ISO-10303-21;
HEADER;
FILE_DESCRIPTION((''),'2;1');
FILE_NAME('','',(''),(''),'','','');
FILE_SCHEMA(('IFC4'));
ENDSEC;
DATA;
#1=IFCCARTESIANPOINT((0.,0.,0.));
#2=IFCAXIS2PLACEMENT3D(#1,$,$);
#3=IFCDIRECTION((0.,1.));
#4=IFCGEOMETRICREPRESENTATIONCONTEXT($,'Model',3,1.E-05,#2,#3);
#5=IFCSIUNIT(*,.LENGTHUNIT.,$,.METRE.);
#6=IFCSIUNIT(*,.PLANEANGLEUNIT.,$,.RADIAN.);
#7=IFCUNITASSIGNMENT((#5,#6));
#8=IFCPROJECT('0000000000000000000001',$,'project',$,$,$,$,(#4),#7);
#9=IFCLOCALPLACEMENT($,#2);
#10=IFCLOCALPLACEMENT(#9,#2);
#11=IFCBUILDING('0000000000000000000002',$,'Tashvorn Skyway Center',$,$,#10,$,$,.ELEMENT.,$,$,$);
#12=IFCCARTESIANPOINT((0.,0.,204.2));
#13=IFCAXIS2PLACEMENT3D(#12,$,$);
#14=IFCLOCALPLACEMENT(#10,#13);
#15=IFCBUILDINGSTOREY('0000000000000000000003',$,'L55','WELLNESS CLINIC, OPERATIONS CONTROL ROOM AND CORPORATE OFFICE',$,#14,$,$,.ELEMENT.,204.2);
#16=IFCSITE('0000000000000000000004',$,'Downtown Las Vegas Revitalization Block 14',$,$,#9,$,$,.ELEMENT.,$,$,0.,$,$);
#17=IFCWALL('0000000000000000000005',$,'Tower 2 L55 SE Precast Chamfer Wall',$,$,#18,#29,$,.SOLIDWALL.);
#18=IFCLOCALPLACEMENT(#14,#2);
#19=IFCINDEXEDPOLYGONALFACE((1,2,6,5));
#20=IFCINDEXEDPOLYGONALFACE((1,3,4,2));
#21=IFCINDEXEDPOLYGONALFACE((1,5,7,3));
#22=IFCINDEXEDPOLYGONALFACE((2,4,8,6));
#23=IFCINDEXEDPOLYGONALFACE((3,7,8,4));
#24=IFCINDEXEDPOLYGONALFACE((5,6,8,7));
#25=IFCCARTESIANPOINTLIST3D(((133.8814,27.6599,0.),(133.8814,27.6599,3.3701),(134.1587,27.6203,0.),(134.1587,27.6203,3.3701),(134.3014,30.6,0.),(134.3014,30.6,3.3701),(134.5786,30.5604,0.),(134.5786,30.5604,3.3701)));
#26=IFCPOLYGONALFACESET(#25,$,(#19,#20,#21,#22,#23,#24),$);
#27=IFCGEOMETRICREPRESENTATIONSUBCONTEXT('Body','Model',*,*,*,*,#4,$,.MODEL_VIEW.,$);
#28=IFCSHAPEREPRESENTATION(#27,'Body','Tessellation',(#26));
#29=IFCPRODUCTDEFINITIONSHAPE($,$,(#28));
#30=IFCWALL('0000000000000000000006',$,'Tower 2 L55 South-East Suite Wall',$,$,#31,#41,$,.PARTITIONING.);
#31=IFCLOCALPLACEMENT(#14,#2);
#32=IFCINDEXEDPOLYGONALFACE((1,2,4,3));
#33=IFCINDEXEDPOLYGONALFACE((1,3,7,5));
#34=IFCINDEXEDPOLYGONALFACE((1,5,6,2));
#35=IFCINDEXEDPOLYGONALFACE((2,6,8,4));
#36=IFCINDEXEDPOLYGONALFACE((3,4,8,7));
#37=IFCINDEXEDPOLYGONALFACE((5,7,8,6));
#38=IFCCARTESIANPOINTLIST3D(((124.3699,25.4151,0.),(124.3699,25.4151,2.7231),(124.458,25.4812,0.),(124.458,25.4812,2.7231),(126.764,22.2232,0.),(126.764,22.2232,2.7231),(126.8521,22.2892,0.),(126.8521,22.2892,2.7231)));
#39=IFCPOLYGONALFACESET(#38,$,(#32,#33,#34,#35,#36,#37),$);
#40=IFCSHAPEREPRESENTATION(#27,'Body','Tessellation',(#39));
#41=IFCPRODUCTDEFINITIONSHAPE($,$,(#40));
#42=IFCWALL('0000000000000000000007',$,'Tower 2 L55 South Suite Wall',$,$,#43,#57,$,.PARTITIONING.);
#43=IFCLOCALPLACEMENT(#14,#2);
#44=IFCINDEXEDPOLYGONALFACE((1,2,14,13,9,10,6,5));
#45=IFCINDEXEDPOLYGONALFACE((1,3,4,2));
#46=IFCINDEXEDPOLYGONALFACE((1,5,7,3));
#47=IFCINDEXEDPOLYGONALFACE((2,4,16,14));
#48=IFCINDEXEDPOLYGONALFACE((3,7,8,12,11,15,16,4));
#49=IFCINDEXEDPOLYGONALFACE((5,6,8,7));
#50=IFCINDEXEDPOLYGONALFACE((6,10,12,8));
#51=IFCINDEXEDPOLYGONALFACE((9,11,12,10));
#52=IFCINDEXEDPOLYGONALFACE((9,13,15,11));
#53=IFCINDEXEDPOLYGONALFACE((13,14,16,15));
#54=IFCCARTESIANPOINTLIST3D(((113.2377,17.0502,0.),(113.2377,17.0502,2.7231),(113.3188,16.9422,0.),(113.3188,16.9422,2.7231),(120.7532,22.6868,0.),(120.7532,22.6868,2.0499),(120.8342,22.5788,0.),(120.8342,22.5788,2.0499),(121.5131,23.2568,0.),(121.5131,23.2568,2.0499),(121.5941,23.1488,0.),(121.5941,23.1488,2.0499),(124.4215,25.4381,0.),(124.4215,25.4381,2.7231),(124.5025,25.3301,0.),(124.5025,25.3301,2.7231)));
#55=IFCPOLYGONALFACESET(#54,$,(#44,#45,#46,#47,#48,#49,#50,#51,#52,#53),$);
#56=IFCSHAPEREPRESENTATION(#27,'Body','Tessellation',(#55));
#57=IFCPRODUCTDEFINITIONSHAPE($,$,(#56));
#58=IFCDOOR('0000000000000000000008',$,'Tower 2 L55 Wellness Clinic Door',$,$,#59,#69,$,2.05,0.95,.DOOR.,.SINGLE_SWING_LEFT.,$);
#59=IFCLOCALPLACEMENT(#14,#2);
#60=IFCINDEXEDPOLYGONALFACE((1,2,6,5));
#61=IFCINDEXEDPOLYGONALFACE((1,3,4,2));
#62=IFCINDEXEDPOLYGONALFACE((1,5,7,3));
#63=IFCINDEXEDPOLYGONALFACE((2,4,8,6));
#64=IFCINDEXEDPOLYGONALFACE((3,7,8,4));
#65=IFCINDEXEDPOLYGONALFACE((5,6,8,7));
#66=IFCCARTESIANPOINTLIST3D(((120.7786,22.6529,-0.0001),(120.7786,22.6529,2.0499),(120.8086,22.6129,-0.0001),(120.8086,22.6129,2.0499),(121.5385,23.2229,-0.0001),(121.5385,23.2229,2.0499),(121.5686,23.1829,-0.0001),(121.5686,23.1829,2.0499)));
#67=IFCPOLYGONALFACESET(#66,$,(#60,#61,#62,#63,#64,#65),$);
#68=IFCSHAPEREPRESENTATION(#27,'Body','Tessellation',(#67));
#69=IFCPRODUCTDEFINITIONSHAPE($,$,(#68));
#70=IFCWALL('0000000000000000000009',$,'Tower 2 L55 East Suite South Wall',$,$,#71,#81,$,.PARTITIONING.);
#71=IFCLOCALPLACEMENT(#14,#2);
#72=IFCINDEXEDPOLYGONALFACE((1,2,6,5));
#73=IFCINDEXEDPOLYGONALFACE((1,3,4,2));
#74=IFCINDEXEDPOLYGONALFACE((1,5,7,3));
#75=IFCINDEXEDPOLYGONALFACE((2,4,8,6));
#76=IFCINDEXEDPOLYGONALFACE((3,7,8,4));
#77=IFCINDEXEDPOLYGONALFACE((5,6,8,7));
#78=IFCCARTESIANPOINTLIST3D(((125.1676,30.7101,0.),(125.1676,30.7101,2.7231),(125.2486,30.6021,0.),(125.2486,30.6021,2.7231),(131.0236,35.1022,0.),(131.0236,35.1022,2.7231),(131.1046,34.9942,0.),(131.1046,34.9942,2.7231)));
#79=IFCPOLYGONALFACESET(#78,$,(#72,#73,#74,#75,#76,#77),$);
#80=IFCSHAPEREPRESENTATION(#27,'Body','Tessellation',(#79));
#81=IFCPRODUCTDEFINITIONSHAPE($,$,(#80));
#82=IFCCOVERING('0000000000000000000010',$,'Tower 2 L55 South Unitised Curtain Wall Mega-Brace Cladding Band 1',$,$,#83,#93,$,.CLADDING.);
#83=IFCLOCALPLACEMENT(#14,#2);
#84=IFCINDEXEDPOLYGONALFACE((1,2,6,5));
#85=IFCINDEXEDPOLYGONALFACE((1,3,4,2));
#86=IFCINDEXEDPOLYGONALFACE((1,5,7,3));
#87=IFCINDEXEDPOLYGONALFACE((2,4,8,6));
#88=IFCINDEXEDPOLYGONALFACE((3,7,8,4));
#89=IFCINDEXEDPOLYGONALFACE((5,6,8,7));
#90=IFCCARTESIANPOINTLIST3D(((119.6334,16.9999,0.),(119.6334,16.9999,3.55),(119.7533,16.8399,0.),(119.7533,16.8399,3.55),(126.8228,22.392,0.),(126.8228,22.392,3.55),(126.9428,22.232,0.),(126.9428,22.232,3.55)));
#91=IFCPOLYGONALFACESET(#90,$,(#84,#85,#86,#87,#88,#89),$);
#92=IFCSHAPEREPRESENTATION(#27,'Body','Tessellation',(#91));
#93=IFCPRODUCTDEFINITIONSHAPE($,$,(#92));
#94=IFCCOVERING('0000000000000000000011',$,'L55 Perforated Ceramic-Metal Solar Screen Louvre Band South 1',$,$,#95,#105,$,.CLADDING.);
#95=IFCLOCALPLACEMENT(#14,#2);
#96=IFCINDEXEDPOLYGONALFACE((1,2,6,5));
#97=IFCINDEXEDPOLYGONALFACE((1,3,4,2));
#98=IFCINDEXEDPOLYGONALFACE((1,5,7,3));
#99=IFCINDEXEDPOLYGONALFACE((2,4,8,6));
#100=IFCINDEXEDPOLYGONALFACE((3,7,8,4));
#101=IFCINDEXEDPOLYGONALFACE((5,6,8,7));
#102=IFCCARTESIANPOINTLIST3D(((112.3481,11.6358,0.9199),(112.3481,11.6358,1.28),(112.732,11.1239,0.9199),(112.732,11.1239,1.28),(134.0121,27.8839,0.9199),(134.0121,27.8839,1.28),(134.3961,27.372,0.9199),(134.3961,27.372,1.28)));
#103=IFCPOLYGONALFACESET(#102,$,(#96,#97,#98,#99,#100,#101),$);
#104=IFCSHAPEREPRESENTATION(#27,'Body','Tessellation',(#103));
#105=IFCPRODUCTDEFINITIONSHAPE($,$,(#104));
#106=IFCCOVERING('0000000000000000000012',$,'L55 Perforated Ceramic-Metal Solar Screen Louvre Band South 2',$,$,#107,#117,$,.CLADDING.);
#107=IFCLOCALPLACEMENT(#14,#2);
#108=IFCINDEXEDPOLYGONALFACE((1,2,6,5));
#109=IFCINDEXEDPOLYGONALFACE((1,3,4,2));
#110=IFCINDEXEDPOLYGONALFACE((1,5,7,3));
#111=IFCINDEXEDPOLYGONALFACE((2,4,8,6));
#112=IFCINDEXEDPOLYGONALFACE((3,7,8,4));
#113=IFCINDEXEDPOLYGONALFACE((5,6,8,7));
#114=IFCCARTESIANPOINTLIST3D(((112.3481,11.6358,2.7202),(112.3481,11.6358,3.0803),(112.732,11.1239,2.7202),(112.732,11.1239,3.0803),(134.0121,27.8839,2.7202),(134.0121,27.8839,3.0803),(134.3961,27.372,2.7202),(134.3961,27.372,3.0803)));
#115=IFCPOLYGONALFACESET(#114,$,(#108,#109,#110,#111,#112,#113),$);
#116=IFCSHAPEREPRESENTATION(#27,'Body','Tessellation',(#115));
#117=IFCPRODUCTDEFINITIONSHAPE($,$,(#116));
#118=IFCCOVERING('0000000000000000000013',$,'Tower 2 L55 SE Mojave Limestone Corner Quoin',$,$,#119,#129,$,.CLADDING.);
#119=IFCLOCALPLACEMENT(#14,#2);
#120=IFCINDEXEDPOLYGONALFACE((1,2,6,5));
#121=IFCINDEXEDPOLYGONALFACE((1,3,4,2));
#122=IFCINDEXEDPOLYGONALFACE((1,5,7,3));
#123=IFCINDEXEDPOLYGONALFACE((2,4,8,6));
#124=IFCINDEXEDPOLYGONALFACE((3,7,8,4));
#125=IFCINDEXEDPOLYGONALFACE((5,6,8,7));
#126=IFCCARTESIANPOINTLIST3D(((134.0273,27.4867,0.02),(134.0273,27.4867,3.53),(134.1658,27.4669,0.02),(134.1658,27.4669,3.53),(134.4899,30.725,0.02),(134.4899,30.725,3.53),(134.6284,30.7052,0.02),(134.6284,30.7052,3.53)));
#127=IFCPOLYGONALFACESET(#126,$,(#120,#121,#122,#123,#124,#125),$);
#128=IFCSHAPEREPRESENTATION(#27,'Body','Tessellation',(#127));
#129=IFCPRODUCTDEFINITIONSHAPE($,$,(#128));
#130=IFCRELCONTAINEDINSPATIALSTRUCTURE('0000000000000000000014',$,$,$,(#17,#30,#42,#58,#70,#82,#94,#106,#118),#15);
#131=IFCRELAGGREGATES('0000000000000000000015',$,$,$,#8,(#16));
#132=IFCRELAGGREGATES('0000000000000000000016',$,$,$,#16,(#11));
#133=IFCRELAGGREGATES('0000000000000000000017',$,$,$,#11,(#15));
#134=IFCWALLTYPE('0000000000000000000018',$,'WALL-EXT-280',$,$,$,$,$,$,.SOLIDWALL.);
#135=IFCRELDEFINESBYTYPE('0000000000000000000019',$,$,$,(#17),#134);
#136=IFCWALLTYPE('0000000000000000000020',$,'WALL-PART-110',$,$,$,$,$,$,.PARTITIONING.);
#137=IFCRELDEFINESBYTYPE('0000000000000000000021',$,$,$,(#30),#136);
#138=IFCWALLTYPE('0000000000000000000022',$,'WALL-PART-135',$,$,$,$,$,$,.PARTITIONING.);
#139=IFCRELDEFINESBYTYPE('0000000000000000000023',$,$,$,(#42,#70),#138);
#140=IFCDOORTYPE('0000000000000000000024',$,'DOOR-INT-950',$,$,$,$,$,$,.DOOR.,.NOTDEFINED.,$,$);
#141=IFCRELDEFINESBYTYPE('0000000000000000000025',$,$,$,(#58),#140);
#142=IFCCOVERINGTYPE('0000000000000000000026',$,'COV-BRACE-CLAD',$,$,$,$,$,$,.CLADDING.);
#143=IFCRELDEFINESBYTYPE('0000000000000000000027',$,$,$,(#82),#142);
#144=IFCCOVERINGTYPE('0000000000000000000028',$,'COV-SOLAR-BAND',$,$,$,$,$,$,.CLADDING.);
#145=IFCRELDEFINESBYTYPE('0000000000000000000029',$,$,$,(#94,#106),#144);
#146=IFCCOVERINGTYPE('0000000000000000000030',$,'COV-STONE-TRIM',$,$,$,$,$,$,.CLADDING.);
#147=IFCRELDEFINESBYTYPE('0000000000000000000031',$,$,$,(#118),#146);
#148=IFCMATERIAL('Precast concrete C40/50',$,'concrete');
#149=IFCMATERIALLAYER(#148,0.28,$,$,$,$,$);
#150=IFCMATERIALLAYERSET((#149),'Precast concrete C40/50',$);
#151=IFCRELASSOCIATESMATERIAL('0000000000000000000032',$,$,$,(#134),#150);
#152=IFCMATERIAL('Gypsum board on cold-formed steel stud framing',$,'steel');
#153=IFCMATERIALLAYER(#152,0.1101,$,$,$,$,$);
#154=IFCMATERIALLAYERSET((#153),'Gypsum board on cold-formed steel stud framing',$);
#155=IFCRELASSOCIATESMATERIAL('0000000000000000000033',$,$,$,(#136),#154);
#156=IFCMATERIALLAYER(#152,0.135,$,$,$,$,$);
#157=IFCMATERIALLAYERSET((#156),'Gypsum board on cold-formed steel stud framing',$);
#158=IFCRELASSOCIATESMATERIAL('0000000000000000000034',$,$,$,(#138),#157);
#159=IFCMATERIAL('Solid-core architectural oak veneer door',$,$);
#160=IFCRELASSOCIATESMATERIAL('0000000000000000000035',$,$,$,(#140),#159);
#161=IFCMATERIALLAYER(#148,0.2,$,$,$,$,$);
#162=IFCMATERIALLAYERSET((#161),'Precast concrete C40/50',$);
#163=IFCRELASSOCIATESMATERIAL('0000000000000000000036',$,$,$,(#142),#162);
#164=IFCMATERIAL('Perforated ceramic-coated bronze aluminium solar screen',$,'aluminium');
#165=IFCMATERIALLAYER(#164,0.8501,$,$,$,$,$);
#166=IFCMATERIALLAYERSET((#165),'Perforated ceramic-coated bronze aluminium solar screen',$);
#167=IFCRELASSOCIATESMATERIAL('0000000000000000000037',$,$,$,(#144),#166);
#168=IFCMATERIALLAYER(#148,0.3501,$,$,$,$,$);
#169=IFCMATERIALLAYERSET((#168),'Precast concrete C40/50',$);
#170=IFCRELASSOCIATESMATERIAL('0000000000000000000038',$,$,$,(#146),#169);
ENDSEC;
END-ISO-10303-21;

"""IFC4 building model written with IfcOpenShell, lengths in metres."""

from ifc_helpers import new_model, si_unit, direction, frame, frame_2d, origin, origin_2d, place, context, subcontext, project, spatial, rectangle, extrude, material, layer, layer_set, type_object, element, fill, save


model = new_model("IFC4")

# Units and contexts
model_context = context("Model", 3, precision=1e-05, world=origin(), true_north=direction((0.0, 1.0)))
body_context = subcontext(model_context, "Body", "Model", "MODEL_VIEW")
ifc_project = project(units=[si_unit("LENGTHUNIT", "METRE"), si_unit("PLANEANGLEUNIT", "RADIAN")], contexts=[model_context])

# Site, building, storey
site_placement = place(None, origin())
site = spatial("IfcSite", under=ifc_project, at=site_placement, Name="Downtown Las Vegas Revitalization Block 14", CompositionType="ELEMENT", RefElevation=0.0)
building_placement = place(site_placement, origin())
building = spatial("IfcBuilding", under=site, at=building_placement, Name="Tashvorn Skyway Center", CompositionType="ELEMENT")
storey_placement = place(building_placement, frame((0.0, 0.0, 204.2)))
storey = spatial("IfcBuildingStorey", under=building, at=storey_placement, Name="L55", Description="WELLNESS CLINIC, OPERATIONS CONTROL ROOM AND CORPORATE OFFICE", CompositionType="ELEMENT", Elevation=204.2)

# Walls
ifc_material_1 = material(Name="Precast concrete C40/50", Category="concrete")
ifc_layer_1 = layer(ifc_material_1, 0.28)
ifc_layer_set_1 = layer_set([ifc_layer_1], Name="Precast concrete C40/50")
wall_type_1 = type_object("IfcWallType", Name="WALL-EXT-280", PredefinedType="SOLIDWALL", material=ifc_layer_set_1)
wall_1_placement = place(storey_placement, frame((134.4399, 30.5801, 0.0), z_axis=(0.0, 0.0, 1.0), x_axis=(-0.141387, -0.989954, 0.0)))
element("IfcWall", 1, at=wall_1_placement, inside=storey, type_object=wall_type_1, Name="Tower 2 L55 SE Precast Chamfer Wall", PredefinedType="SOLIDWALL", context=body_context, shape_type="SweptSolid", body=[
    extrude(rectangle(XDim=2.97, YDim=0.28, at=frame_2d((1.4849, 0.0))), origin(), (0.0, 0.0, 1.0), 3.3701),
])
ifc_material_2 = material(Name="Gypsum board on cold-formed steel stud framing", Category="steel")
ifc_layer_2 = layer(ifc_material_2, 0.1101)
ifc_layer_set_2 = layer_set([ifc_layer_2], Name="Gypsum board on cold-formed steel stud framing")
wall_type_2 = type_object("IfcWallType", Name="WALL-PART-110", PredefinedType="PARTITIONING", material=ifc_layer_set_2)
wall_2_placement = place(storey_placement, frame((126.8081, 22.2561, 0.0), z_axis=(0.0, 0.0, 1.0), x_axis=(-0.60002, 0.799985, 0.0)))
element("IfcWall", 2, at=wall_2_placement, inside=storey, type_object=wall_type_2, Name="Tower 2 L55 South-East Suite Wall", PredefinedType="PARTITIONING", context=body_context, shape_type="SweptSolid", body=[
    extrude(rectangle(XDim=3.99, YDim=0.1101, at=frame_2d((1.9951, 0.0))), origin(), (0.0, 0.0, 1.0), 2.7231),
])

# Wall, opening, door
ifc_layer_3 = layer(ifc_material_2, 0.135)
ifc_layer_set_3 = layer_set([ifc_layer_3], Name="Gypsum board on cold-formed steel stud framing")
wall_type_3 = type_object("IfcWallType", Name="WALL-PART-135", PredefinedType="PARTITIONING", material=ifc_layer_set_3)
wall_3_placement = place(storey_placement, frame((124.4619, 25.384, 0.0), z_axis=(0.0, 0.0, 1.0), x_axis=(-0.799998, -0.600003, 0.0)))
wall_3 = element("IfcWall", 3, at=wall_3_placement, inside=storey, type_object=wall_type_3, Name="Tower 2 L55 South Suite Wall", PredefinedType="PARTITIONING", context=body_context, shape_type="SweptSolid", body=[
    extrude(rectangle(XDim=13.9797, YDim=0.135, at=frame_2d((6.9897, 0.0))), origin(), (0.0, 0.0, 1.0), 2.7231),
])
opening_1_placement = place(wall_3_placement, frame((3.6353, 0.0, 0.0)))
opening_1 = element("IfcOpeningElement", 4, at=opening_1_placement, cuts=wall_3, PredefinedType="OPENING", context=body_context, shape_type="SweptSolid", body=[
    extrude(rectangle(XDim=0.95, YDim=2.05, at=frame_2d((0.4751, 1.0249))), frame((0.0, 0.0774, 0.0), z_axis=(0.0, -1.0, 0.0), x_axis=(1.0, 0.0, 0.0)), (0.0, 0.0, 1.0), 0.155),
])
ifc_material_3 = material(Name="Solid-core architectural oak veneer door")
door_type_1 = type_object("IfcDoorType", Name="DOOR-INT-950", OperationType="NOTDEFINED", PredefinedType="DOOR", material=ifc_material_3)
door_1_placement = place(opening_1_placement, origin())
door_1 = element("IfcDoor", 5, at=door_1_placement, inside=storey, type_object=door_type_1, Name="Tower 2 L55 Wellness Clinic Door", OperationType="SINGLE_SWING_LEFT", OverallHeight=2.05, OverallWidth=0.95, PredefinedType="DOOR", context=body_context, shape_type="SweptSolid", body=[
    extrude(rectangle(XDim=0.95, YDim=2.05, at=frame_2d((0.4751, 1.0249))), frame((0.0, 0.0249, 0.0), z_axis=(0.0, -1.0, 0.0), x_axis=(1.0, 0.0, 0.0)), (0.0, 0.0, 1.0), 0.05),
])
fill(opening_1, door_1)

# Wall
wall_4_placement = place(storey_placement, frame((125.208, 30.656, 0.0), z_axis=(0.0, 0.0, 1.0), x_axis=(0.799992, 0.600011, 0.0)))
element("IfcWall", 6, at=wall_4_placement, inside=storey, type_object=wall_type_3, Name="Tower 2 L55 East Suite South Wall", PredefinedType="PARTITIONING", context=body_context, shape_type="SweptSolid", body=[
    extrude(rectangle(XDim=7.3201, YDim=0.135, at=frame_2d((3.6602, 0.0))), origin(), (0.0, 0.0, 1.0), 2.7231),
])

# Coverings
ifc_layer_4 = layer(ifc_material_1, 0.2)
ifc_layer_set_4 = layer_set([ifc_layer_4], Name="Precast concrete C40/50")
covering_type_1 = type_object("IfcCoveringType", Name="COV-BRACE-CLAD", PredefinedType="CLADDING", material=ifc_layer_set_4)
covering_1_placement = place(storey_placement, frame((123.2881, 19.616, 0.0), z_axis=(0.0, 0.0, 1.0), x_axis=(-0.8, -0.6, 0.0)))
element("IfcCovering", 7, at=covering_1_placement, inside=storey, type_object=covering_type_1, Name="Tower 2 L55 South Unitised Curtain Wall Mega-Brace Cladding Band 1", PredefinedType="CLADDING", context=body_context, shape_type="SweptSolid", body=[
    extrude(rectangle(XDim=8.9868, YDim=0.2, at=origin_2d()), origin(), (0.0, 0.0, 1.0), 3.55),
])
ifc_material_4 = material(Name="Perforated ceramic-coated bronze aluminium solar screen", Category="aluminium")
ifc_layer_5 = layer(ifc_material_4, 0.8501)
ifc_layer_set_5 = layer_set([ifc_layer_5], Name="Perforated ceramic-coated bronze aluminium solar screen")
covering_type_2 = type_object("IfcCoveringType", Name="COV-SOLAR-BAND", PredefinedType="CLADDING", material=ifc_layer_set_5)
for number, where, z_axis, x_axis, name in (
    (8, (123.3721, 19.5039, 0.9199), (0.0, 0.0, 1.0), (-0.8, -0.6, 0.0), "L55 Perforated Ceramic-Metal Solar Screen Louvre Band South 1"),
    (9, (123.3721, 19.5039, 2.7202), (0.0, 0.0, 1.0), (-0.8, -0.6, 0.0), "L55 Perforated Ceramic-Metal Solar Screen Louvre Band South 2"),
):
    element("IfcCovering", number, at=place(storey_placement, frame(where, z_axis=z_axis, x_axis=x_axis)), inside=storey, type_object=covering_type_2, Name=name, PredefinedType="CLADDING", context=body_context, shape_type="SweptSolid", body=[
        extrude(rectangle(XDim=27.0801, YDim=0.6399, at=origin_2d()), origin(), (0.0, 0.0, 1.0), 0.3601),
    ])
ifc_layer_6 = layer(ifc_material_1, 0.3501)
ifc_layer_set_6 = layer_set([ifc_layer_6], Name="Precast concrete C40/50")
covering_type_3 = type_object("IfcCoveringType", Name="COV-STONE-TRIM", PredefinedType="CLADDING", material=ifc_layer_set_6)
covering_2_placement = place(storey_placement, frame((134.3279, 29.0959, 0.02), z_axis=(0.0, 0.0, 1.0), x_axis=(0.141421, 0.989949, 0.0)))
element("IfcCovering", 10, at=covering_2_placement, inside=storey, type_object=covering_type_3, Name="Tower 2 L55 SE Mojave Limestone Corner Quoin", PredefinedType="CLADDING", context=body_context, shape_type="SweptSolid", body=[
    extrude(rectangle(XDim=3.2712, YDim=0.1399, at=origin_2d()), origin(), (0.0, 0.0, 1.0), 3.51),
])

save(model, "model.ifc")
